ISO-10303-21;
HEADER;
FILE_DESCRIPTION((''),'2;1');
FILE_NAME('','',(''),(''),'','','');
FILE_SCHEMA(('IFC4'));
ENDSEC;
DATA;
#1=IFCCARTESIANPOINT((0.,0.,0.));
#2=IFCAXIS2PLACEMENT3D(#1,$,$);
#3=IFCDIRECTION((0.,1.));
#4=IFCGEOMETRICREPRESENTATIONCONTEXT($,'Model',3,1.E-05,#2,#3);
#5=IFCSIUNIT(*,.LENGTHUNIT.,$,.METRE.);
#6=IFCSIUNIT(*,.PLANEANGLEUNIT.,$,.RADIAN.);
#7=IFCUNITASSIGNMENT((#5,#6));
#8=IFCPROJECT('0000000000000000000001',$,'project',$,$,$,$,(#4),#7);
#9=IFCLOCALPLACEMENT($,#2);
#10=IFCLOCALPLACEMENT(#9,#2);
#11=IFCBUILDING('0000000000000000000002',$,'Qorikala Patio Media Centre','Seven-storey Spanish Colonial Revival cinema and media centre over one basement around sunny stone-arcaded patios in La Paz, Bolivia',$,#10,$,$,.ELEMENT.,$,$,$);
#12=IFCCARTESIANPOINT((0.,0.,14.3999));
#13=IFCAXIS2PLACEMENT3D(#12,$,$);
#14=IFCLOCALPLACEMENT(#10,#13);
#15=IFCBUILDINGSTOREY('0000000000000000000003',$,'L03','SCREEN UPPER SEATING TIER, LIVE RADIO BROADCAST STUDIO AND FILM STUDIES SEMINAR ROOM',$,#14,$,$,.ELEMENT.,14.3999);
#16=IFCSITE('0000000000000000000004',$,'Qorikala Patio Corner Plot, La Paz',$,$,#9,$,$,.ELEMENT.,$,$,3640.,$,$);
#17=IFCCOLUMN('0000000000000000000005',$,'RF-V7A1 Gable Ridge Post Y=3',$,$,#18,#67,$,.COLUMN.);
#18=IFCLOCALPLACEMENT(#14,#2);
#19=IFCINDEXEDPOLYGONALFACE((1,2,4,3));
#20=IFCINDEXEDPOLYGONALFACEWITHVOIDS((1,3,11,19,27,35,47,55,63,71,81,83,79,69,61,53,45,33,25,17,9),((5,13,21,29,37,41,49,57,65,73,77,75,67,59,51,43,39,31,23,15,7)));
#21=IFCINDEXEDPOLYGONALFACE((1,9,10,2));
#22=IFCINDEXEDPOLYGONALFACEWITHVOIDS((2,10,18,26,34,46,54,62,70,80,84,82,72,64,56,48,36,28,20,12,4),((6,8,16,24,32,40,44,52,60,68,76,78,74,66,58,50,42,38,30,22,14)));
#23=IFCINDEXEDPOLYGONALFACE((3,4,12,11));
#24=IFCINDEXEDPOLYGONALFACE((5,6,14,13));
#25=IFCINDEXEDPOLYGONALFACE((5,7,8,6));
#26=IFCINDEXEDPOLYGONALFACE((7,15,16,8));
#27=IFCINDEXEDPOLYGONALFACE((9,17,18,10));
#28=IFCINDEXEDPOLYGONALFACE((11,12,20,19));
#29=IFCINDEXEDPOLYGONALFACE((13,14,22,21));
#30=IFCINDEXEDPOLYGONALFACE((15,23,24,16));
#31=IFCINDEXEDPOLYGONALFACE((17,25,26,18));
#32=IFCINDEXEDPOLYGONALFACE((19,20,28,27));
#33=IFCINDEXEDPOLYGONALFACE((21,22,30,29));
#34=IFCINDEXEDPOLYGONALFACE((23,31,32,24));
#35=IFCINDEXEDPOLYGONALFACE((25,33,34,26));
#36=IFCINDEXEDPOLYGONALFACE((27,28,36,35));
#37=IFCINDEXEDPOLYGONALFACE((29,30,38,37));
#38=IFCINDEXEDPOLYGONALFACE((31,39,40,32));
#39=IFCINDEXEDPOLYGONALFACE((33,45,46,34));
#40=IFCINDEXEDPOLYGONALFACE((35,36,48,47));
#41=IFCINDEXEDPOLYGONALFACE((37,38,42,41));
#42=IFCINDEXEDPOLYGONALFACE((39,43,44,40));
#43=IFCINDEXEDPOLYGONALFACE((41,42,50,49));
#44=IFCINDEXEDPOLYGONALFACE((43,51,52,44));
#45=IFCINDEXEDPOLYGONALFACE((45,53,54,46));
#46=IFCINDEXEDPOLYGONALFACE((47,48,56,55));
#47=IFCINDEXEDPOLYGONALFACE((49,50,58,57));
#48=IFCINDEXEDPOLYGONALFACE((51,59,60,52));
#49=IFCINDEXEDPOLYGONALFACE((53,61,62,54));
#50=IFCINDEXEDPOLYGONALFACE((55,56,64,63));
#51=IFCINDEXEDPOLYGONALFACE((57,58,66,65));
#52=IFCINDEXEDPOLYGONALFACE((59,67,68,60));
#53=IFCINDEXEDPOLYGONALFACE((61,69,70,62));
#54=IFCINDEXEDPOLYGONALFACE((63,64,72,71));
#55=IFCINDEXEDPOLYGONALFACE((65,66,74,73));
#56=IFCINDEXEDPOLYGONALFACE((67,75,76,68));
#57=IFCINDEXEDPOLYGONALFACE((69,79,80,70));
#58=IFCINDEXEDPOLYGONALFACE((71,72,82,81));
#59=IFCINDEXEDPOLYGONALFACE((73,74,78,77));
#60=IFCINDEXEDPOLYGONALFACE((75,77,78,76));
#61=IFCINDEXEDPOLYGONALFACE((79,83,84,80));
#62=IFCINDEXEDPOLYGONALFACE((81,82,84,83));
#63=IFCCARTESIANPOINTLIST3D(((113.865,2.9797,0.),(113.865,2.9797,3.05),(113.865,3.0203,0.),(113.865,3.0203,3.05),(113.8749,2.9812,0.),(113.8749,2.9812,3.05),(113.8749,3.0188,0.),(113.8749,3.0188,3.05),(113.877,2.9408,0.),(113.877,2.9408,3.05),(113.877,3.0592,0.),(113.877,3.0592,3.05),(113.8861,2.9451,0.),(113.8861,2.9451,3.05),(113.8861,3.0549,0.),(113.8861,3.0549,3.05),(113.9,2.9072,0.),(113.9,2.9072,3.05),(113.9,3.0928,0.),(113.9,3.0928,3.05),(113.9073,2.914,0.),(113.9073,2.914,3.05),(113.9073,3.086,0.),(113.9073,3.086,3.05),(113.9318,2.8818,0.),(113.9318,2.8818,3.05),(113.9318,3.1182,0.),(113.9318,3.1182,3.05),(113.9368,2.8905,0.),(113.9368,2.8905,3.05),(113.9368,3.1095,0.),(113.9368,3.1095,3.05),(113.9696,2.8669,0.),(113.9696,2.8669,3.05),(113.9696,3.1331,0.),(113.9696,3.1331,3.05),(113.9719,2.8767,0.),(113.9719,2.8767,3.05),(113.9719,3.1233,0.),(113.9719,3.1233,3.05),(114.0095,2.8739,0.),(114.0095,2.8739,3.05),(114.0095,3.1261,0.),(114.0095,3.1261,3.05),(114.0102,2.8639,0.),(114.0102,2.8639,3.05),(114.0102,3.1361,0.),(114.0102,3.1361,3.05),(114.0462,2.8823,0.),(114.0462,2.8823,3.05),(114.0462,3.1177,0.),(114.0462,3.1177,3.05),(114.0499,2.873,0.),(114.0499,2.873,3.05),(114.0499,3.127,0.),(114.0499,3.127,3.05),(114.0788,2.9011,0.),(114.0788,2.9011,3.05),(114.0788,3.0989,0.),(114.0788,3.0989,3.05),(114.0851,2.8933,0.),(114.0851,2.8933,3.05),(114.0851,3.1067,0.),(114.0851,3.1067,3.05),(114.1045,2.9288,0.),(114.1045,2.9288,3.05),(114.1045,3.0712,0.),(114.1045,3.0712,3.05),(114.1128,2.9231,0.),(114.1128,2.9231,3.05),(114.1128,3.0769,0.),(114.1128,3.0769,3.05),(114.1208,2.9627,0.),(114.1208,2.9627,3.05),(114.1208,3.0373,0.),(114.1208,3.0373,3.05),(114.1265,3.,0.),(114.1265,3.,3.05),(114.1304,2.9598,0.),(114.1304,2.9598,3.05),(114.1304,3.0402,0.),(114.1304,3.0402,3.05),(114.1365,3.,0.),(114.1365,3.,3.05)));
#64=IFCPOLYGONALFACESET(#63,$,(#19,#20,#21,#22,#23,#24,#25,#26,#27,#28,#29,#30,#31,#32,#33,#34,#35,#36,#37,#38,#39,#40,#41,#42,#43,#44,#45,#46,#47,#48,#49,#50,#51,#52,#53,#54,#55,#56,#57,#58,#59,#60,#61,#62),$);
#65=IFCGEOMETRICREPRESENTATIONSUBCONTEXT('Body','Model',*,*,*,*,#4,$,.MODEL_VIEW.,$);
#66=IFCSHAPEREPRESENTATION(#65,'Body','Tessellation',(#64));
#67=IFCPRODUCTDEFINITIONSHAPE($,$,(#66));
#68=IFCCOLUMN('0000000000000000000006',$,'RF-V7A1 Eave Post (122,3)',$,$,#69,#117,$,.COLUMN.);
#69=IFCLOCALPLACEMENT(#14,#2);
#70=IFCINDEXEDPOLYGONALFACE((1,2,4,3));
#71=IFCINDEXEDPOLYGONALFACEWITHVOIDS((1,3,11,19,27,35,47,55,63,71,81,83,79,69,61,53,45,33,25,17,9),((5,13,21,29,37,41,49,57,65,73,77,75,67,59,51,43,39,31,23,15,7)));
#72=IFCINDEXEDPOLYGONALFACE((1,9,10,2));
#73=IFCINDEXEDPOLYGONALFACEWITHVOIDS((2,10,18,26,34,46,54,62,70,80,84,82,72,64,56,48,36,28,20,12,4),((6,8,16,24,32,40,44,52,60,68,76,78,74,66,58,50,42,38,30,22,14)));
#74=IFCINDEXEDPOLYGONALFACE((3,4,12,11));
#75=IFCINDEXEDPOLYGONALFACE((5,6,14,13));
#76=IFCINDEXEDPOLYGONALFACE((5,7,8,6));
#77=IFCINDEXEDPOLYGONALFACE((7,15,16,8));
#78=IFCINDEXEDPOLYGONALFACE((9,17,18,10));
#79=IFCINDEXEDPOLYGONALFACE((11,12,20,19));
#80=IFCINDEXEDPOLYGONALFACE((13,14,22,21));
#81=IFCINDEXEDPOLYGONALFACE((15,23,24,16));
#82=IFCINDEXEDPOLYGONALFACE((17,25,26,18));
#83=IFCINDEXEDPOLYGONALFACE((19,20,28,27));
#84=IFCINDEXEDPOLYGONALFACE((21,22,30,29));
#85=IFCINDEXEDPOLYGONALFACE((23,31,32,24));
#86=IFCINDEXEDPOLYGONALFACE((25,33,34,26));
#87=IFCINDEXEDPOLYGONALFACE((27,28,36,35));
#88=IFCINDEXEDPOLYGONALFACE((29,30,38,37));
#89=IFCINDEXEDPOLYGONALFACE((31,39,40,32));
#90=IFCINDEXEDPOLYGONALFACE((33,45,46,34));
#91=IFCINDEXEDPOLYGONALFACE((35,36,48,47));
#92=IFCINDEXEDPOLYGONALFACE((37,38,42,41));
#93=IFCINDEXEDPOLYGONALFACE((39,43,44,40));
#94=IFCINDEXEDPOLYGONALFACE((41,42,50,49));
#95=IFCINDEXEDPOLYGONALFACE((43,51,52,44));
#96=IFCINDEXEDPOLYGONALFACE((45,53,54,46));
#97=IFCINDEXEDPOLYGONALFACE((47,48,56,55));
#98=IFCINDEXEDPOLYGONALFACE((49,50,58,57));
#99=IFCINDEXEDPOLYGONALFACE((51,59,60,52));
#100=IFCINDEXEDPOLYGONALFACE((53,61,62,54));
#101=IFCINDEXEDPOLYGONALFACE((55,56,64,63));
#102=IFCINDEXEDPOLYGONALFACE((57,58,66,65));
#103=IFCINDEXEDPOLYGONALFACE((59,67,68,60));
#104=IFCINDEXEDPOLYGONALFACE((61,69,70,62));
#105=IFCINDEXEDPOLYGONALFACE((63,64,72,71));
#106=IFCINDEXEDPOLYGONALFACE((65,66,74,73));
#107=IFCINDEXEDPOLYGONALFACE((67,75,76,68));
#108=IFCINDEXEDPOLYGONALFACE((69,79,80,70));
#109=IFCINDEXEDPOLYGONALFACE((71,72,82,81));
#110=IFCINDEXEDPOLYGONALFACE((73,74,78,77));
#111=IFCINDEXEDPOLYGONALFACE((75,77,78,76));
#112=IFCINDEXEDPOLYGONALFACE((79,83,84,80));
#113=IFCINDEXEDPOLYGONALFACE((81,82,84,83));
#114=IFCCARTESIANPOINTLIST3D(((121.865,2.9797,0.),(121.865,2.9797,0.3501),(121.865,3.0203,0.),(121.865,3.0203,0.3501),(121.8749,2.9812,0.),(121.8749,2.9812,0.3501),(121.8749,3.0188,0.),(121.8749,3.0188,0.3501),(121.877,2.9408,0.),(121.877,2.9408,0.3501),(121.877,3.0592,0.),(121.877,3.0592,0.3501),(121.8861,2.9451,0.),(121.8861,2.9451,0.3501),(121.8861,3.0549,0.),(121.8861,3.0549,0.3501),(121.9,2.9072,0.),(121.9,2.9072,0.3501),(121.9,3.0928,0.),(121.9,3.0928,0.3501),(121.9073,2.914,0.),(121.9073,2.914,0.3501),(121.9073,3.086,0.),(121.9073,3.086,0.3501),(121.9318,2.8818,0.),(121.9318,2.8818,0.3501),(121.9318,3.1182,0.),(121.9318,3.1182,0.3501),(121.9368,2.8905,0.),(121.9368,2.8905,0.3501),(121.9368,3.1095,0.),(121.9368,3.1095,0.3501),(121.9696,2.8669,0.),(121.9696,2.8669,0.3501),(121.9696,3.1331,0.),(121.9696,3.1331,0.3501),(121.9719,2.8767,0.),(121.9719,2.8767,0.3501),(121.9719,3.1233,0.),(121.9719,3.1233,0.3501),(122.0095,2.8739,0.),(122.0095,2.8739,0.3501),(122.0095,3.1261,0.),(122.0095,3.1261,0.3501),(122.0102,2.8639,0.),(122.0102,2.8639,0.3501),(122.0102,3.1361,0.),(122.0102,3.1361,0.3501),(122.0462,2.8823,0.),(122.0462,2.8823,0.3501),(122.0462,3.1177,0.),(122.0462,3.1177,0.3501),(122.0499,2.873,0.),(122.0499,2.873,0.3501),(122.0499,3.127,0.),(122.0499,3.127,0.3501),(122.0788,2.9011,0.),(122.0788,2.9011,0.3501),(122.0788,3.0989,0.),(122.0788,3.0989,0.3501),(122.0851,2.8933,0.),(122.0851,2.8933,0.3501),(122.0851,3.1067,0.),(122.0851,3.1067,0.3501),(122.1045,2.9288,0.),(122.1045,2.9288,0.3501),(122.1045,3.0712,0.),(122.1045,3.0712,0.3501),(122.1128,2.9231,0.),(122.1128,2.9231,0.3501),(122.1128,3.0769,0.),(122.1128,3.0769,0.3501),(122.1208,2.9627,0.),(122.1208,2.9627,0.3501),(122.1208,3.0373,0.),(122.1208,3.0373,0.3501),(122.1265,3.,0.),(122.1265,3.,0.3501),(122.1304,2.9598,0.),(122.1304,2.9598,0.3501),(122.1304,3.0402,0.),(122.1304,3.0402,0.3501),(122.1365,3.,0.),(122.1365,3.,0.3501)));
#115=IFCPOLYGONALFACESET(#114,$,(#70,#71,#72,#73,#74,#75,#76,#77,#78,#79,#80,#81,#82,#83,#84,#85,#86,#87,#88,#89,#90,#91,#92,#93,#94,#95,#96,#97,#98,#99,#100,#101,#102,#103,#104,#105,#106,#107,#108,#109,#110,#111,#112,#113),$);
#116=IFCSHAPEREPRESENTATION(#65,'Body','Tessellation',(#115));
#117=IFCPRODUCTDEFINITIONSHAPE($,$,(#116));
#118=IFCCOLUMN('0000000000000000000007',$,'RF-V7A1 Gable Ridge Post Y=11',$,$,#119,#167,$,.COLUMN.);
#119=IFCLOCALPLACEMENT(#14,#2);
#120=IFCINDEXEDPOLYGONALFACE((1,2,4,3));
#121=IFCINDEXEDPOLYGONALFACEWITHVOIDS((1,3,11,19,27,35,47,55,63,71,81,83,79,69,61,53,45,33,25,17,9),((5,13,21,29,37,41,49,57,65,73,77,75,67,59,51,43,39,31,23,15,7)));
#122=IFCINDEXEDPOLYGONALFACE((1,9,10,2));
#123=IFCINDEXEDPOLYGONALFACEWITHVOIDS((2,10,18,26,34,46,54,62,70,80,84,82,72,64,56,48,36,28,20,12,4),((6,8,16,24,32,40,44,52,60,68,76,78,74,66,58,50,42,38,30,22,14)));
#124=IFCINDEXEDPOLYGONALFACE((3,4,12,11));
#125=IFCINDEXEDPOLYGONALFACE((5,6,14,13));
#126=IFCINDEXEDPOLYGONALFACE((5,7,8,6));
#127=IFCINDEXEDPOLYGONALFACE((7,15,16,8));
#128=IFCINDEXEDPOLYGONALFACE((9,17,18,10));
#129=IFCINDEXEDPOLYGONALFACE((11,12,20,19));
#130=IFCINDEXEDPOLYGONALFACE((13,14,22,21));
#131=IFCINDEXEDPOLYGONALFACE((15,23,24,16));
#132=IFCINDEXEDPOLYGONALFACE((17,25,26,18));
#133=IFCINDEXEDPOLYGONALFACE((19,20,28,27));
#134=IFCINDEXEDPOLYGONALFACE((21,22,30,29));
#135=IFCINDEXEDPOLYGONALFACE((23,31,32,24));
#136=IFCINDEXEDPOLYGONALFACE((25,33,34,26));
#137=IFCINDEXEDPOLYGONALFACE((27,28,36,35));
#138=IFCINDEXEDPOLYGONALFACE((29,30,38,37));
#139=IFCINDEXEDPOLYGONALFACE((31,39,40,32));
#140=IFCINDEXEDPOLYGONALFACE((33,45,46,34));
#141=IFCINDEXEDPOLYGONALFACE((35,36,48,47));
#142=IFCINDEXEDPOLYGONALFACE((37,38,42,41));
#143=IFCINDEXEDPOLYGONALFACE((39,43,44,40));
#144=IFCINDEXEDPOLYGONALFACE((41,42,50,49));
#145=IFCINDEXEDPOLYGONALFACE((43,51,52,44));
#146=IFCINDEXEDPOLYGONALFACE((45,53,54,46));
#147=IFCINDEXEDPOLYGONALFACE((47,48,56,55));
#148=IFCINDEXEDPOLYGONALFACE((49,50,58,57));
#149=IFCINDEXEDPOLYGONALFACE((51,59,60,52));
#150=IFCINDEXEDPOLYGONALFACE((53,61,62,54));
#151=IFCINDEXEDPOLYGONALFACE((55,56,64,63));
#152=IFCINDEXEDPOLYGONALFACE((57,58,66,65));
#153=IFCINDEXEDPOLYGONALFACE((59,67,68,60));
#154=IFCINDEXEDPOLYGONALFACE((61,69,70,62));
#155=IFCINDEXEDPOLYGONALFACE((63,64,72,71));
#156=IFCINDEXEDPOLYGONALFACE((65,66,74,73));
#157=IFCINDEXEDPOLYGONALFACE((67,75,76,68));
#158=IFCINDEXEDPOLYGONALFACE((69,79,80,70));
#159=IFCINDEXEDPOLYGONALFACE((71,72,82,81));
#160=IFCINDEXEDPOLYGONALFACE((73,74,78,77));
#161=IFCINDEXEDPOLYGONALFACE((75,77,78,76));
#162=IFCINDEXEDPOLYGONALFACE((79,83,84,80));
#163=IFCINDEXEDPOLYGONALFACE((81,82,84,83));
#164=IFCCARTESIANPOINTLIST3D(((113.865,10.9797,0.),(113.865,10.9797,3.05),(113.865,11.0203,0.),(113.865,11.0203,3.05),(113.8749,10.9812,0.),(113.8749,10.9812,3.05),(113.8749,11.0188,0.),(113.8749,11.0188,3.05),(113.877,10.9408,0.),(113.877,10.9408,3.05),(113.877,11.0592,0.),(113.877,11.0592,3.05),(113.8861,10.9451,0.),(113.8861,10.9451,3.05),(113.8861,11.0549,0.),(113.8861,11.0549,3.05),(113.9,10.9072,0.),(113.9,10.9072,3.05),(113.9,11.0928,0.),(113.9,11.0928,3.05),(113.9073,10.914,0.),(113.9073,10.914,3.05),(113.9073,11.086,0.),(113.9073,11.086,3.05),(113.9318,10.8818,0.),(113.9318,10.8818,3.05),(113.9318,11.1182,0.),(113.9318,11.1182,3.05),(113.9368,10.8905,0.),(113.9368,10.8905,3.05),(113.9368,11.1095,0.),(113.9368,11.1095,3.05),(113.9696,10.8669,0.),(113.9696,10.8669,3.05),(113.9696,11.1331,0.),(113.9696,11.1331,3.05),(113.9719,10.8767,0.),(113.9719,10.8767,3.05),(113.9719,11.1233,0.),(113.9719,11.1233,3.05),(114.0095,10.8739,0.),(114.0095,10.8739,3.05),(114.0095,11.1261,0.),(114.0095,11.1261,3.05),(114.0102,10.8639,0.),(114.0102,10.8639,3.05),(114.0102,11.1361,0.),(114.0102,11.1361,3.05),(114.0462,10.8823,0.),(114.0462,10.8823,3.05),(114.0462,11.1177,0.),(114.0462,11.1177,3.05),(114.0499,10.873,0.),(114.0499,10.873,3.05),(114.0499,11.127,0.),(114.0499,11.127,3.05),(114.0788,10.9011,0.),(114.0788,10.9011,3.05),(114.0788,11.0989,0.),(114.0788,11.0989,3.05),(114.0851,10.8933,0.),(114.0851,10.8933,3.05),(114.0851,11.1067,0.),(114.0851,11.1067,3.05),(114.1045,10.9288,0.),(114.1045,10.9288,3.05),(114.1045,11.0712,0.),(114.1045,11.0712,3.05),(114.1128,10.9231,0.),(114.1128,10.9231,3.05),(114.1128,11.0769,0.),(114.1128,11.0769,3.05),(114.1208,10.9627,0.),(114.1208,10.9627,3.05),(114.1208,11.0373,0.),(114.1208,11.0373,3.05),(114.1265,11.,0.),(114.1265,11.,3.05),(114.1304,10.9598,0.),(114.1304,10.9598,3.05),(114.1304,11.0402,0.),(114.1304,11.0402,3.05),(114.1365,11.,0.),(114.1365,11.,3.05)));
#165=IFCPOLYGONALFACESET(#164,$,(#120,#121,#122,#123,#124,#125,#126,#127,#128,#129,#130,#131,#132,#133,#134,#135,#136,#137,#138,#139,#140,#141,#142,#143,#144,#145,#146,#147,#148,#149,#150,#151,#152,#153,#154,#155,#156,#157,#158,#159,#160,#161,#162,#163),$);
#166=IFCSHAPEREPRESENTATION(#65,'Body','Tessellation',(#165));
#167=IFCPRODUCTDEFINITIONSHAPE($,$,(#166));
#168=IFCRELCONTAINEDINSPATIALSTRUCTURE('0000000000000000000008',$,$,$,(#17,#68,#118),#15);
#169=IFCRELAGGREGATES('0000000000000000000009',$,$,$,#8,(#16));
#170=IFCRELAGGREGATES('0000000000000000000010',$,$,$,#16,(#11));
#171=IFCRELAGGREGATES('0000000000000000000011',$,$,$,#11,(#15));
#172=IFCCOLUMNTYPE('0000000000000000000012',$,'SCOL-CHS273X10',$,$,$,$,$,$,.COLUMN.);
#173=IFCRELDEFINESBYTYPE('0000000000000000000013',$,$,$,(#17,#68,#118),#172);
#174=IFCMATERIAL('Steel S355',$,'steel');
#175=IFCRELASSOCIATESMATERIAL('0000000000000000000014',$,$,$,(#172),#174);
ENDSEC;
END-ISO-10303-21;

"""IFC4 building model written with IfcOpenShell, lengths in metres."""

from ifc_helpers import new_model, si_unit, direction, frame, origin, origin_2d, place, context, subcontext, project, spatial, hollow_circle, extrude, material, material_profile, profile_set, type_object, element, save


model = new_model("IFC4")

# Units and contexts
model_context = context("Model", 3, precision=1e-05, world=origin(), true_north=direction((0.0, 1.0)))
body_context = subcontext(model_context, "Body", "Model", "MODEL_VIEW")
ifc_project = project(units=[si_unit("LENGTHUNIT", "METRE"), si_unit("PLANEANGLEUNIT", "RADIAN")], contexts=[model_context])

# Site, building, storey
site_placement = place(None, origin())
site = spatial("IfcSite", under=ifc_project, at=site_placement, Name="Qorikala Patio Corner Plot, La Paz", CompositionType="ELEMENT", RefElevation=3640.0)
building_placement = place(site_placement, origin())
building = spatial("IfcBuilding", under=site, at=building_placement, Name="Qorikala Patio Media Centre", Description="Seven-storey Spanish Colonial Revival cinema and media centre over one basement around sunny stone-arcaded patios in La Paz, Bolivia", CompositionType="ELEMENT")
storey_placement = place(building_placement, frame((0.0, 0.0, 14.3999)))
storey = spatial("IfcBuildingStorey", under=building, at=storey_placement, Name="L03", Description="SCREEN UPPER SEATING TIER, LIVE RADIO BROADCAST STUDIO AND FILM STUDIES SEMINAR ROOM", CompositionType="ELEMENT", Elevation=14.3999)

# Columns
ifc_material_1 = material(Name="Steel S355", Category="steel")
ifc_material_profile_1 = material_profile(ifc_material_1, hollow_circle(Radius=0.1365, WallThickness=0.01, at=origin_2d()), Name="CHS273X10")
ifc_profile_set_1 = profile_set([ifc_material_profile_1], Name="Steel S355")
column_type = type_object("IfcColumnType", Name="SCOL-CHS273X10", PredefinedType="COLUMN", material=ifc_profile_set_1)
column_1_placement = place(storey_placement, frame((114.0, 3.0, 0.0), z_axis=(0.0, 0.0, 1.0), x_axis=(1.0, 0.0, 0.0)))
element("IfcColumn", 1, at=column_1_placement, inside=storey, type_object=column_type, Name="RF-V7A1 Gable Ridge Post Y=3", PredefinedType="COLUMN", context=body_context, shape_type="SweptSolid", body=[
    extrude(hollow_circle(Radius=0.1365, WallThickness=0.01, at=origin_2d()), origin(), (0.0, 0.0, 1.0), 3.05),
])
column_2_placement = place(storey_placement, frame((122.0, 3.0, 0.0), z_axis=(0.0, 0.0, 1.0), x_axis=(1.0, 0.0, 0.0)))
element("IfcColumn", 2, at=column_2_placement, inside=storey, type_object=column_type, Name="RF-V7A1 Eave Post (122,3)", PredefinedType="COLUMN", context=body_context, shape_type="SweptSolid", body=[
    extrude(hollow_circle(Radius=0.1365, WallThickness=0.01, at=origin_2d()), origin(), (0.0, 0.0, 1.0), 0.3501),
])
for number, where, z_axis, x_axis, name in (
    (3, (114.0, 11.0, 0.0), (0.0, 0.0, 1.0), (1.0, 0.0, 0.0), "RF-V7A1 Gable Ridge Post Y=11"),
):
    element("IfcColumn", number, at=place(storey_placement, frame(where, z_axis=z_axis, x_axis=x_axis)), inside=storey, type_object=column_type, Name=name, PredefinedType="COLUMN", context=body_context, shape_type="SweptSolid", body=[
        extrude(hollow_circle(Radius=0.1365, WallThickness=0.01, at=origin_2d()), origin(), (0.0, 0.0, 1.0), 3.05),
    ])

save(model, "model.ifc")
